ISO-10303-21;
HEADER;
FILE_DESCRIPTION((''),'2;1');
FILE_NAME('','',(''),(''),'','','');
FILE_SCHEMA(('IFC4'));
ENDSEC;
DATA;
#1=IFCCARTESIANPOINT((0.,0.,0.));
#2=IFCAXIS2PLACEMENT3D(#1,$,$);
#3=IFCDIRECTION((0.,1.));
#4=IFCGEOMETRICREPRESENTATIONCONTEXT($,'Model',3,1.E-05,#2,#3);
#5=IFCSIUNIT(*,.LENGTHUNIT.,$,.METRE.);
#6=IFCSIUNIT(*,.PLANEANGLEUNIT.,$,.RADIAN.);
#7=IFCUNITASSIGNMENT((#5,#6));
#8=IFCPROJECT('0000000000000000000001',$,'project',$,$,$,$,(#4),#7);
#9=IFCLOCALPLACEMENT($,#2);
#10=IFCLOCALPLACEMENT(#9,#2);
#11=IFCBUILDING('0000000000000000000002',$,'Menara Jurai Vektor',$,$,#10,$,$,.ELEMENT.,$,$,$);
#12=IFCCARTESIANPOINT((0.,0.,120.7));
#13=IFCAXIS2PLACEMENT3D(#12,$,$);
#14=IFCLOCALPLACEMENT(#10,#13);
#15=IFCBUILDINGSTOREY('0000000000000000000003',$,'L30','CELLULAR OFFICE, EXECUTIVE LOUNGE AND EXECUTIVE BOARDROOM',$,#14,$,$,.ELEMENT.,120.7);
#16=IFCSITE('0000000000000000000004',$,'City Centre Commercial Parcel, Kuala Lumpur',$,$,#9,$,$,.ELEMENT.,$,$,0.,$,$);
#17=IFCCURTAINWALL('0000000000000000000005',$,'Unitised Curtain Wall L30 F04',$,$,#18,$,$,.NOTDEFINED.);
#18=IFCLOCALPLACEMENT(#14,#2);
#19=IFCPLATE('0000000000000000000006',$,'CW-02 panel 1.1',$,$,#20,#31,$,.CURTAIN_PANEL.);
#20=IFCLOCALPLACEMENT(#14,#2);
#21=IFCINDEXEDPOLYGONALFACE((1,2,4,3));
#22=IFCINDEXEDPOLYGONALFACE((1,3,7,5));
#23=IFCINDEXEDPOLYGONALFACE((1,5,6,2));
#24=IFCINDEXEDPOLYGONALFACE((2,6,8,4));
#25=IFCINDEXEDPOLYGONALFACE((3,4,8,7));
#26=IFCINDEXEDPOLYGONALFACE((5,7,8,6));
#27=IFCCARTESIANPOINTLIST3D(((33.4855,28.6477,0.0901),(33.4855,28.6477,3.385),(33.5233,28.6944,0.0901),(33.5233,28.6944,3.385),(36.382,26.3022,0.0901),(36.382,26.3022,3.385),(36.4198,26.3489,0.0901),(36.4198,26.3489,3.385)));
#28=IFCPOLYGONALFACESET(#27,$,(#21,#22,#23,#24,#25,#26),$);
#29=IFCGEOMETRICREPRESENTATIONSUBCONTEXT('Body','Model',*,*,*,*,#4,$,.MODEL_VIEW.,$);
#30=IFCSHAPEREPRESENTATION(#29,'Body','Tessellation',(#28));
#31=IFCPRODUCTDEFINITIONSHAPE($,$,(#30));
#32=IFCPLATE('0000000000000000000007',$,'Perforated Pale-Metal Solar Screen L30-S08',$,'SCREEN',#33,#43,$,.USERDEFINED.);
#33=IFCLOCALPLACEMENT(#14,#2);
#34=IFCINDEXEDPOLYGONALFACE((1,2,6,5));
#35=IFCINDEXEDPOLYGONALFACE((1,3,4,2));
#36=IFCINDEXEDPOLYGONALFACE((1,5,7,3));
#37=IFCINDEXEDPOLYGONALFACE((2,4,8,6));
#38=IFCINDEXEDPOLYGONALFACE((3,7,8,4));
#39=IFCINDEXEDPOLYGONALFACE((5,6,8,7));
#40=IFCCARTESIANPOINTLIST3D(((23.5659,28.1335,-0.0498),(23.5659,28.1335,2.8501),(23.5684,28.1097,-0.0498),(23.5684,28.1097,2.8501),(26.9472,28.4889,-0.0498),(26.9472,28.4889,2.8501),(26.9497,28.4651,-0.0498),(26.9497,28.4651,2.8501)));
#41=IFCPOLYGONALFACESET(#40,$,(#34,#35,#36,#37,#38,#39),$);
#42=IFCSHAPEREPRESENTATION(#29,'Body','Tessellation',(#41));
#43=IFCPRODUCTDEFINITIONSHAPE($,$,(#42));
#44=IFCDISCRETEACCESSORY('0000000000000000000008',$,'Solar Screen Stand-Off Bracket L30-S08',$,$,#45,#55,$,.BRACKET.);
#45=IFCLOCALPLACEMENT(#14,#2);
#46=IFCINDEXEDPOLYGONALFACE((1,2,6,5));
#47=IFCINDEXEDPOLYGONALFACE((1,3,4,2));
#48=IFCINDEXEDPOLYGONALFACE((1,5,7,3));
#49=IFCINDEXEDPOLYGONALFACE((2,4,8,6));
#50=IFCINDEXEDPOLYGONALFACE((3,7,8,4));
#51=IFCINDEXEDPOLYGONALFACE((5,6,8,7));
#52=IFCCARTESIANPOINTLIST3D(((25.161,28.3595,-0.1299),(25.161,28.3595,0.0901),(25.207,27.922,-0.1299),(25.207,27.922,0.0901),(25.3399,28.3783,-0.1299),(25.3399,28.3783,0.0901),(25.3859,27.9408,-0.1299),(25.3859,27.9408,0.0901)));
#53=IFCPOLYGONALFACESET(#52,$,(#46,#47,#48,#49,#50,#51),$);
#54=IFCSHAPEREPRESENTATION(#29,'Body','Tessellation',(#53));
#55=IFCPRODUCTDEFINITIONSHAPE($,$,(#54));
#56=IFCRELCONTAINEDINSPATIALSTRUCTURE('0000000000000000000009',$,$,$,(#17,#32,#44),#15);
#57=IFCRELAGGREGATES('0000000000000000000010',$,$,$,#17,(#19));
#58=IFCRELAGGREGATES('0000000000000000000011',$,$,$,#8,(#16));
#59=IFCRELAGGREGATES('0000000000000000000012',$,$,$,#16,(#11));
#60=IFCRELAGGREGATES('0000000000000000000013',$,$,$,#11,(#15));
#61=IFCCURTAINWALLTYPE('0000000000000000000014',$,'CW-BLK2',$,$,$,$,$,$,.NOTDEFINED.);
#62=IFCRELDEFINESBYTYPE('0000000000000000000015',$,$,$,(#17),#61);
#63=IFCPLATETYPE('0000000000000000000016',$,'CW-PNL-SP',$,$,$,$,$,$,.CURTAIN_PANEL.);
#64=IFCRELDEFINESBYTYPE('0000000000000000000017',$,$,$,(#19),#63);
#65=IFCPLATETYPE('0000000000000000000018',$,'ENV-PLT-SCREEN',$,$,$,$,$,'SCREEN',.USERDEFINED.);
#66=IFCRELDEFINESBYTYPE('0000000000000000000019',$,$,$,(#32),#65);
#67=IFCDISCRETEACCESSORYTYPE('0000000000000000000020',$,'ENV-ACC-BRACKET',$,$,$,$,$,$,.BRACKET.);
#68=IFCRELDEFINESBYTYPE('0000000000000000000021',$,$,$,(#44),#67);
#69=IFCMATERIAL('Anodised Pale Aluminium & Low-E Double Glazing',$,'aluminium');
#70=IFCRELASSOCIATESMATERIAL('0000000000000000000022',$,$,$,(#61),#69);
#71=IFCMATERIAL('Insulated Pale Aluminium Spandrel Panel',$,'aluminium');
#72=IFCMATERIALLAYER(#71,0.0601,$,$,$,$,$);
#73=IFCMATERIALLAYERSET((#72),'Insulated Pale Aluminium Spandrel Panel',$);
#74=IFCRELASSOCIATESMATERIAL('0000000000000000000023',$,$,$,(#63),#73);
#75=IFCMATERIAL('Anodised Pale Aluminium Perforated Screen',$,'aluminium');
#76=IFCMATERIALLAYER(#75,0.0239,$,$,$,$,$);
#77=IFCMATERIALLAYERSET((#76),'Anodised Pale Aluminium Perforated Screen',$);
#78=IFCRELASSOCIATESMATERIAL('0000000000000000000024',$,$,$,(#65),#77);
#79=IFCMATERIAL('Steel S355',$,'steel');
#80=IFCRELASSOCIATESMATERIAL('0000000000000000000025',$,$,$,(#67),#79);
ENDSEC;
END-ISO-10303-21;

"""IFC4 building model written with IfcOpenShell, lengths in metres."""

from ifc_helpers import new_model, si_unit, direction, frame, origin, origin_2d, place, context, subcontext, project, spatial, rectangle, extrude, material, layer, layer_set, type_object, element, aggregate, save


model = new_model("IFC4")

# Units and contexts
model_context = context("Model", 3, precision=1e-05, world=origin(), true_north=direction((0.0, 1.0)))
body_context = subcontext(model_context, "Body", "Model", "MODEL_VIEW")
ifc_project = project(units=[si_unit("LENGTHUNIT", "METRE"), si_unit("PLANEANGLEUNIT", "RADIAN")], contexts=[model_context])

# Site, building, storey
site_placement = place(None, origin())
site = spatial("IfcSite", under=ifc_project, at=site_placement, Name="City Centre Commercial Parcel, Kuala Lumpur", CompositionType="ELEMENT", RefElevation=0.0)
building_placement = place(site_placement, origin())
building = spatial("IfcBuilding", under=site, at=building_placement, Name="Menara Jurai Vektor", CompositionType="ELEMENT")
storey_placement = place(building_placement, frame((0.0, 0.0, 120.7)))
storey = spatial("IfcBuildingStorey", under=building, at=storey_placement, Name="L30", Description="CELLULAR OFFICE, EXECUTIVE LOUNGE AND EXECUTIVE BOARDROOM", CompositionType="ELEMENT", Elevation=120.7)

# Shared definitions
ifc_material_1 = material(Name="Anodised Pale Aluminium & Low-E Double Glazing", Category="aluminium")
curtain_wall_type = type_object("IfcCurtainWallType", Name="CW-BLK2", PredefinedType="NOTDEFINED", material=ifc_material_1)

# Curtain wall
curtain_wall_1_placement = place(storey_placement, origin())
curtain_wall_1 = element("IfcCurtainWall", 1, at=curtain_wall_1_placement, inside=storey, type_object=curtain_wall_type, Name="Unitised Curtain Wall L30 F04", PredefinedType="NOTDEFINED")

# Shared definitions
ifc_material_2 = material(Name="Steel S355", Category="steel")

# Plates
ifc_material_3 = material(Name="Insulated Pale Aluminium Spandrel Panel", Category="aluminium")
ifc_layer_1 = layer(ifc_material_3, 0.0601)
ifc_layer_set_1 = layer_set([ifc_layer_1], Name="Insulated Pale Aluminium Spandrel Panel")
plate_type_1 = type_object("IfcPlateType", Name="CW-PNL-SP", PredefinedType="CURTAIN_PANEL", material=ifc_layer_set_1)
plate_1_placement = place(storey_placement, frame((34.9526, 27.4983, 0.0901), z_axis=(0.0, 0.0, 1.0), x_axis=(-0.777152, 0.629313, 0.0)))
plate_1 = element("IfcPlate", 2, at=plate_1_placement, type_object=plate_type_1, Name="CW-02 panel 1.1", PredefinedType="CURTAIN_PANEL", context=body_context, shape_type="SweptSolid", body=[
    extrude(rectangle(XDim=3.7271, YDim=0.0601, at=origin_2d()), origin(), (0.0, 0.0, 1.0), 3.2949),
])
aggregate(curtain_wall_1, [plate_1])
ifc_material_4 = material(Name="Anodised Pale Aluminium Perforated Screen", Category="aluminium")
ifc_layer_2 = layer(ifc_material_4, 0.0239)
ifc_layer_set_2 = layer_set([ifc_layer_2], Name="Anodised Pale Aluminium Perforated Screen")
plate_type_2 = type_object("IfcPlateType", Name="ENV-PLT-SCREEN", ElementType="SCREEN", PredefinedType="USERDEFINED", material=ifc_layer_set_2)
plate_2_placement = place(storey_placement, frame((25.2578, 28.2993, -0.0498), z_axis=(0.0, 0.0, 1.0), x_axis=(-0.994522, -0.104528, 0.0)))
element("IfcPlate", 3, at=plate_2_placement, inside=storey, type_object=plate_type_2, Name="Perforated Pale-Metal Solar Screen L30-S08", ObjectType="SCREEN", PredefinedType="USERDEFINED", context=body_context, shape_type="SweptSolid", body=[
    extrude(rectangle(XDim=3.3999, YDim=0.0239, at=origin_2d()), origin(), (0.0, 0.0, 1.0), 2.8999),
])

# Discrete accessory
discrete_accessory_type = type_object("IfcDiscreteAccessoryType", Name="ENV-ACC-BRACKET", PredefinedType="BRACKET", material=ifc_material_2)
discrete_accessory_placement = place(storey_placement, frame((25.2734, 28.1501, -0.1299), z_axis=(0.0, 0.0, 1.0), x_axis=(-0.994522, -0.104528, 0.0)))
element("IfcDiscreteAccessory", 4, at=discrete_accessory_placement, inside=storey, type_object=discrete_accessory_type, Name="Solar Screen Stand-Off Bracket L30-S08", PredefinedType="BRACKET", context=body_context, shape_type="SweptSolid", body=[
    extrude(rectangle(XDim=0.1799, YDim=0.4399, at=origin_2d()), origin(), (0.0, 0.0, 1.0), 0.22),
])

save(model, "model.ifc")
